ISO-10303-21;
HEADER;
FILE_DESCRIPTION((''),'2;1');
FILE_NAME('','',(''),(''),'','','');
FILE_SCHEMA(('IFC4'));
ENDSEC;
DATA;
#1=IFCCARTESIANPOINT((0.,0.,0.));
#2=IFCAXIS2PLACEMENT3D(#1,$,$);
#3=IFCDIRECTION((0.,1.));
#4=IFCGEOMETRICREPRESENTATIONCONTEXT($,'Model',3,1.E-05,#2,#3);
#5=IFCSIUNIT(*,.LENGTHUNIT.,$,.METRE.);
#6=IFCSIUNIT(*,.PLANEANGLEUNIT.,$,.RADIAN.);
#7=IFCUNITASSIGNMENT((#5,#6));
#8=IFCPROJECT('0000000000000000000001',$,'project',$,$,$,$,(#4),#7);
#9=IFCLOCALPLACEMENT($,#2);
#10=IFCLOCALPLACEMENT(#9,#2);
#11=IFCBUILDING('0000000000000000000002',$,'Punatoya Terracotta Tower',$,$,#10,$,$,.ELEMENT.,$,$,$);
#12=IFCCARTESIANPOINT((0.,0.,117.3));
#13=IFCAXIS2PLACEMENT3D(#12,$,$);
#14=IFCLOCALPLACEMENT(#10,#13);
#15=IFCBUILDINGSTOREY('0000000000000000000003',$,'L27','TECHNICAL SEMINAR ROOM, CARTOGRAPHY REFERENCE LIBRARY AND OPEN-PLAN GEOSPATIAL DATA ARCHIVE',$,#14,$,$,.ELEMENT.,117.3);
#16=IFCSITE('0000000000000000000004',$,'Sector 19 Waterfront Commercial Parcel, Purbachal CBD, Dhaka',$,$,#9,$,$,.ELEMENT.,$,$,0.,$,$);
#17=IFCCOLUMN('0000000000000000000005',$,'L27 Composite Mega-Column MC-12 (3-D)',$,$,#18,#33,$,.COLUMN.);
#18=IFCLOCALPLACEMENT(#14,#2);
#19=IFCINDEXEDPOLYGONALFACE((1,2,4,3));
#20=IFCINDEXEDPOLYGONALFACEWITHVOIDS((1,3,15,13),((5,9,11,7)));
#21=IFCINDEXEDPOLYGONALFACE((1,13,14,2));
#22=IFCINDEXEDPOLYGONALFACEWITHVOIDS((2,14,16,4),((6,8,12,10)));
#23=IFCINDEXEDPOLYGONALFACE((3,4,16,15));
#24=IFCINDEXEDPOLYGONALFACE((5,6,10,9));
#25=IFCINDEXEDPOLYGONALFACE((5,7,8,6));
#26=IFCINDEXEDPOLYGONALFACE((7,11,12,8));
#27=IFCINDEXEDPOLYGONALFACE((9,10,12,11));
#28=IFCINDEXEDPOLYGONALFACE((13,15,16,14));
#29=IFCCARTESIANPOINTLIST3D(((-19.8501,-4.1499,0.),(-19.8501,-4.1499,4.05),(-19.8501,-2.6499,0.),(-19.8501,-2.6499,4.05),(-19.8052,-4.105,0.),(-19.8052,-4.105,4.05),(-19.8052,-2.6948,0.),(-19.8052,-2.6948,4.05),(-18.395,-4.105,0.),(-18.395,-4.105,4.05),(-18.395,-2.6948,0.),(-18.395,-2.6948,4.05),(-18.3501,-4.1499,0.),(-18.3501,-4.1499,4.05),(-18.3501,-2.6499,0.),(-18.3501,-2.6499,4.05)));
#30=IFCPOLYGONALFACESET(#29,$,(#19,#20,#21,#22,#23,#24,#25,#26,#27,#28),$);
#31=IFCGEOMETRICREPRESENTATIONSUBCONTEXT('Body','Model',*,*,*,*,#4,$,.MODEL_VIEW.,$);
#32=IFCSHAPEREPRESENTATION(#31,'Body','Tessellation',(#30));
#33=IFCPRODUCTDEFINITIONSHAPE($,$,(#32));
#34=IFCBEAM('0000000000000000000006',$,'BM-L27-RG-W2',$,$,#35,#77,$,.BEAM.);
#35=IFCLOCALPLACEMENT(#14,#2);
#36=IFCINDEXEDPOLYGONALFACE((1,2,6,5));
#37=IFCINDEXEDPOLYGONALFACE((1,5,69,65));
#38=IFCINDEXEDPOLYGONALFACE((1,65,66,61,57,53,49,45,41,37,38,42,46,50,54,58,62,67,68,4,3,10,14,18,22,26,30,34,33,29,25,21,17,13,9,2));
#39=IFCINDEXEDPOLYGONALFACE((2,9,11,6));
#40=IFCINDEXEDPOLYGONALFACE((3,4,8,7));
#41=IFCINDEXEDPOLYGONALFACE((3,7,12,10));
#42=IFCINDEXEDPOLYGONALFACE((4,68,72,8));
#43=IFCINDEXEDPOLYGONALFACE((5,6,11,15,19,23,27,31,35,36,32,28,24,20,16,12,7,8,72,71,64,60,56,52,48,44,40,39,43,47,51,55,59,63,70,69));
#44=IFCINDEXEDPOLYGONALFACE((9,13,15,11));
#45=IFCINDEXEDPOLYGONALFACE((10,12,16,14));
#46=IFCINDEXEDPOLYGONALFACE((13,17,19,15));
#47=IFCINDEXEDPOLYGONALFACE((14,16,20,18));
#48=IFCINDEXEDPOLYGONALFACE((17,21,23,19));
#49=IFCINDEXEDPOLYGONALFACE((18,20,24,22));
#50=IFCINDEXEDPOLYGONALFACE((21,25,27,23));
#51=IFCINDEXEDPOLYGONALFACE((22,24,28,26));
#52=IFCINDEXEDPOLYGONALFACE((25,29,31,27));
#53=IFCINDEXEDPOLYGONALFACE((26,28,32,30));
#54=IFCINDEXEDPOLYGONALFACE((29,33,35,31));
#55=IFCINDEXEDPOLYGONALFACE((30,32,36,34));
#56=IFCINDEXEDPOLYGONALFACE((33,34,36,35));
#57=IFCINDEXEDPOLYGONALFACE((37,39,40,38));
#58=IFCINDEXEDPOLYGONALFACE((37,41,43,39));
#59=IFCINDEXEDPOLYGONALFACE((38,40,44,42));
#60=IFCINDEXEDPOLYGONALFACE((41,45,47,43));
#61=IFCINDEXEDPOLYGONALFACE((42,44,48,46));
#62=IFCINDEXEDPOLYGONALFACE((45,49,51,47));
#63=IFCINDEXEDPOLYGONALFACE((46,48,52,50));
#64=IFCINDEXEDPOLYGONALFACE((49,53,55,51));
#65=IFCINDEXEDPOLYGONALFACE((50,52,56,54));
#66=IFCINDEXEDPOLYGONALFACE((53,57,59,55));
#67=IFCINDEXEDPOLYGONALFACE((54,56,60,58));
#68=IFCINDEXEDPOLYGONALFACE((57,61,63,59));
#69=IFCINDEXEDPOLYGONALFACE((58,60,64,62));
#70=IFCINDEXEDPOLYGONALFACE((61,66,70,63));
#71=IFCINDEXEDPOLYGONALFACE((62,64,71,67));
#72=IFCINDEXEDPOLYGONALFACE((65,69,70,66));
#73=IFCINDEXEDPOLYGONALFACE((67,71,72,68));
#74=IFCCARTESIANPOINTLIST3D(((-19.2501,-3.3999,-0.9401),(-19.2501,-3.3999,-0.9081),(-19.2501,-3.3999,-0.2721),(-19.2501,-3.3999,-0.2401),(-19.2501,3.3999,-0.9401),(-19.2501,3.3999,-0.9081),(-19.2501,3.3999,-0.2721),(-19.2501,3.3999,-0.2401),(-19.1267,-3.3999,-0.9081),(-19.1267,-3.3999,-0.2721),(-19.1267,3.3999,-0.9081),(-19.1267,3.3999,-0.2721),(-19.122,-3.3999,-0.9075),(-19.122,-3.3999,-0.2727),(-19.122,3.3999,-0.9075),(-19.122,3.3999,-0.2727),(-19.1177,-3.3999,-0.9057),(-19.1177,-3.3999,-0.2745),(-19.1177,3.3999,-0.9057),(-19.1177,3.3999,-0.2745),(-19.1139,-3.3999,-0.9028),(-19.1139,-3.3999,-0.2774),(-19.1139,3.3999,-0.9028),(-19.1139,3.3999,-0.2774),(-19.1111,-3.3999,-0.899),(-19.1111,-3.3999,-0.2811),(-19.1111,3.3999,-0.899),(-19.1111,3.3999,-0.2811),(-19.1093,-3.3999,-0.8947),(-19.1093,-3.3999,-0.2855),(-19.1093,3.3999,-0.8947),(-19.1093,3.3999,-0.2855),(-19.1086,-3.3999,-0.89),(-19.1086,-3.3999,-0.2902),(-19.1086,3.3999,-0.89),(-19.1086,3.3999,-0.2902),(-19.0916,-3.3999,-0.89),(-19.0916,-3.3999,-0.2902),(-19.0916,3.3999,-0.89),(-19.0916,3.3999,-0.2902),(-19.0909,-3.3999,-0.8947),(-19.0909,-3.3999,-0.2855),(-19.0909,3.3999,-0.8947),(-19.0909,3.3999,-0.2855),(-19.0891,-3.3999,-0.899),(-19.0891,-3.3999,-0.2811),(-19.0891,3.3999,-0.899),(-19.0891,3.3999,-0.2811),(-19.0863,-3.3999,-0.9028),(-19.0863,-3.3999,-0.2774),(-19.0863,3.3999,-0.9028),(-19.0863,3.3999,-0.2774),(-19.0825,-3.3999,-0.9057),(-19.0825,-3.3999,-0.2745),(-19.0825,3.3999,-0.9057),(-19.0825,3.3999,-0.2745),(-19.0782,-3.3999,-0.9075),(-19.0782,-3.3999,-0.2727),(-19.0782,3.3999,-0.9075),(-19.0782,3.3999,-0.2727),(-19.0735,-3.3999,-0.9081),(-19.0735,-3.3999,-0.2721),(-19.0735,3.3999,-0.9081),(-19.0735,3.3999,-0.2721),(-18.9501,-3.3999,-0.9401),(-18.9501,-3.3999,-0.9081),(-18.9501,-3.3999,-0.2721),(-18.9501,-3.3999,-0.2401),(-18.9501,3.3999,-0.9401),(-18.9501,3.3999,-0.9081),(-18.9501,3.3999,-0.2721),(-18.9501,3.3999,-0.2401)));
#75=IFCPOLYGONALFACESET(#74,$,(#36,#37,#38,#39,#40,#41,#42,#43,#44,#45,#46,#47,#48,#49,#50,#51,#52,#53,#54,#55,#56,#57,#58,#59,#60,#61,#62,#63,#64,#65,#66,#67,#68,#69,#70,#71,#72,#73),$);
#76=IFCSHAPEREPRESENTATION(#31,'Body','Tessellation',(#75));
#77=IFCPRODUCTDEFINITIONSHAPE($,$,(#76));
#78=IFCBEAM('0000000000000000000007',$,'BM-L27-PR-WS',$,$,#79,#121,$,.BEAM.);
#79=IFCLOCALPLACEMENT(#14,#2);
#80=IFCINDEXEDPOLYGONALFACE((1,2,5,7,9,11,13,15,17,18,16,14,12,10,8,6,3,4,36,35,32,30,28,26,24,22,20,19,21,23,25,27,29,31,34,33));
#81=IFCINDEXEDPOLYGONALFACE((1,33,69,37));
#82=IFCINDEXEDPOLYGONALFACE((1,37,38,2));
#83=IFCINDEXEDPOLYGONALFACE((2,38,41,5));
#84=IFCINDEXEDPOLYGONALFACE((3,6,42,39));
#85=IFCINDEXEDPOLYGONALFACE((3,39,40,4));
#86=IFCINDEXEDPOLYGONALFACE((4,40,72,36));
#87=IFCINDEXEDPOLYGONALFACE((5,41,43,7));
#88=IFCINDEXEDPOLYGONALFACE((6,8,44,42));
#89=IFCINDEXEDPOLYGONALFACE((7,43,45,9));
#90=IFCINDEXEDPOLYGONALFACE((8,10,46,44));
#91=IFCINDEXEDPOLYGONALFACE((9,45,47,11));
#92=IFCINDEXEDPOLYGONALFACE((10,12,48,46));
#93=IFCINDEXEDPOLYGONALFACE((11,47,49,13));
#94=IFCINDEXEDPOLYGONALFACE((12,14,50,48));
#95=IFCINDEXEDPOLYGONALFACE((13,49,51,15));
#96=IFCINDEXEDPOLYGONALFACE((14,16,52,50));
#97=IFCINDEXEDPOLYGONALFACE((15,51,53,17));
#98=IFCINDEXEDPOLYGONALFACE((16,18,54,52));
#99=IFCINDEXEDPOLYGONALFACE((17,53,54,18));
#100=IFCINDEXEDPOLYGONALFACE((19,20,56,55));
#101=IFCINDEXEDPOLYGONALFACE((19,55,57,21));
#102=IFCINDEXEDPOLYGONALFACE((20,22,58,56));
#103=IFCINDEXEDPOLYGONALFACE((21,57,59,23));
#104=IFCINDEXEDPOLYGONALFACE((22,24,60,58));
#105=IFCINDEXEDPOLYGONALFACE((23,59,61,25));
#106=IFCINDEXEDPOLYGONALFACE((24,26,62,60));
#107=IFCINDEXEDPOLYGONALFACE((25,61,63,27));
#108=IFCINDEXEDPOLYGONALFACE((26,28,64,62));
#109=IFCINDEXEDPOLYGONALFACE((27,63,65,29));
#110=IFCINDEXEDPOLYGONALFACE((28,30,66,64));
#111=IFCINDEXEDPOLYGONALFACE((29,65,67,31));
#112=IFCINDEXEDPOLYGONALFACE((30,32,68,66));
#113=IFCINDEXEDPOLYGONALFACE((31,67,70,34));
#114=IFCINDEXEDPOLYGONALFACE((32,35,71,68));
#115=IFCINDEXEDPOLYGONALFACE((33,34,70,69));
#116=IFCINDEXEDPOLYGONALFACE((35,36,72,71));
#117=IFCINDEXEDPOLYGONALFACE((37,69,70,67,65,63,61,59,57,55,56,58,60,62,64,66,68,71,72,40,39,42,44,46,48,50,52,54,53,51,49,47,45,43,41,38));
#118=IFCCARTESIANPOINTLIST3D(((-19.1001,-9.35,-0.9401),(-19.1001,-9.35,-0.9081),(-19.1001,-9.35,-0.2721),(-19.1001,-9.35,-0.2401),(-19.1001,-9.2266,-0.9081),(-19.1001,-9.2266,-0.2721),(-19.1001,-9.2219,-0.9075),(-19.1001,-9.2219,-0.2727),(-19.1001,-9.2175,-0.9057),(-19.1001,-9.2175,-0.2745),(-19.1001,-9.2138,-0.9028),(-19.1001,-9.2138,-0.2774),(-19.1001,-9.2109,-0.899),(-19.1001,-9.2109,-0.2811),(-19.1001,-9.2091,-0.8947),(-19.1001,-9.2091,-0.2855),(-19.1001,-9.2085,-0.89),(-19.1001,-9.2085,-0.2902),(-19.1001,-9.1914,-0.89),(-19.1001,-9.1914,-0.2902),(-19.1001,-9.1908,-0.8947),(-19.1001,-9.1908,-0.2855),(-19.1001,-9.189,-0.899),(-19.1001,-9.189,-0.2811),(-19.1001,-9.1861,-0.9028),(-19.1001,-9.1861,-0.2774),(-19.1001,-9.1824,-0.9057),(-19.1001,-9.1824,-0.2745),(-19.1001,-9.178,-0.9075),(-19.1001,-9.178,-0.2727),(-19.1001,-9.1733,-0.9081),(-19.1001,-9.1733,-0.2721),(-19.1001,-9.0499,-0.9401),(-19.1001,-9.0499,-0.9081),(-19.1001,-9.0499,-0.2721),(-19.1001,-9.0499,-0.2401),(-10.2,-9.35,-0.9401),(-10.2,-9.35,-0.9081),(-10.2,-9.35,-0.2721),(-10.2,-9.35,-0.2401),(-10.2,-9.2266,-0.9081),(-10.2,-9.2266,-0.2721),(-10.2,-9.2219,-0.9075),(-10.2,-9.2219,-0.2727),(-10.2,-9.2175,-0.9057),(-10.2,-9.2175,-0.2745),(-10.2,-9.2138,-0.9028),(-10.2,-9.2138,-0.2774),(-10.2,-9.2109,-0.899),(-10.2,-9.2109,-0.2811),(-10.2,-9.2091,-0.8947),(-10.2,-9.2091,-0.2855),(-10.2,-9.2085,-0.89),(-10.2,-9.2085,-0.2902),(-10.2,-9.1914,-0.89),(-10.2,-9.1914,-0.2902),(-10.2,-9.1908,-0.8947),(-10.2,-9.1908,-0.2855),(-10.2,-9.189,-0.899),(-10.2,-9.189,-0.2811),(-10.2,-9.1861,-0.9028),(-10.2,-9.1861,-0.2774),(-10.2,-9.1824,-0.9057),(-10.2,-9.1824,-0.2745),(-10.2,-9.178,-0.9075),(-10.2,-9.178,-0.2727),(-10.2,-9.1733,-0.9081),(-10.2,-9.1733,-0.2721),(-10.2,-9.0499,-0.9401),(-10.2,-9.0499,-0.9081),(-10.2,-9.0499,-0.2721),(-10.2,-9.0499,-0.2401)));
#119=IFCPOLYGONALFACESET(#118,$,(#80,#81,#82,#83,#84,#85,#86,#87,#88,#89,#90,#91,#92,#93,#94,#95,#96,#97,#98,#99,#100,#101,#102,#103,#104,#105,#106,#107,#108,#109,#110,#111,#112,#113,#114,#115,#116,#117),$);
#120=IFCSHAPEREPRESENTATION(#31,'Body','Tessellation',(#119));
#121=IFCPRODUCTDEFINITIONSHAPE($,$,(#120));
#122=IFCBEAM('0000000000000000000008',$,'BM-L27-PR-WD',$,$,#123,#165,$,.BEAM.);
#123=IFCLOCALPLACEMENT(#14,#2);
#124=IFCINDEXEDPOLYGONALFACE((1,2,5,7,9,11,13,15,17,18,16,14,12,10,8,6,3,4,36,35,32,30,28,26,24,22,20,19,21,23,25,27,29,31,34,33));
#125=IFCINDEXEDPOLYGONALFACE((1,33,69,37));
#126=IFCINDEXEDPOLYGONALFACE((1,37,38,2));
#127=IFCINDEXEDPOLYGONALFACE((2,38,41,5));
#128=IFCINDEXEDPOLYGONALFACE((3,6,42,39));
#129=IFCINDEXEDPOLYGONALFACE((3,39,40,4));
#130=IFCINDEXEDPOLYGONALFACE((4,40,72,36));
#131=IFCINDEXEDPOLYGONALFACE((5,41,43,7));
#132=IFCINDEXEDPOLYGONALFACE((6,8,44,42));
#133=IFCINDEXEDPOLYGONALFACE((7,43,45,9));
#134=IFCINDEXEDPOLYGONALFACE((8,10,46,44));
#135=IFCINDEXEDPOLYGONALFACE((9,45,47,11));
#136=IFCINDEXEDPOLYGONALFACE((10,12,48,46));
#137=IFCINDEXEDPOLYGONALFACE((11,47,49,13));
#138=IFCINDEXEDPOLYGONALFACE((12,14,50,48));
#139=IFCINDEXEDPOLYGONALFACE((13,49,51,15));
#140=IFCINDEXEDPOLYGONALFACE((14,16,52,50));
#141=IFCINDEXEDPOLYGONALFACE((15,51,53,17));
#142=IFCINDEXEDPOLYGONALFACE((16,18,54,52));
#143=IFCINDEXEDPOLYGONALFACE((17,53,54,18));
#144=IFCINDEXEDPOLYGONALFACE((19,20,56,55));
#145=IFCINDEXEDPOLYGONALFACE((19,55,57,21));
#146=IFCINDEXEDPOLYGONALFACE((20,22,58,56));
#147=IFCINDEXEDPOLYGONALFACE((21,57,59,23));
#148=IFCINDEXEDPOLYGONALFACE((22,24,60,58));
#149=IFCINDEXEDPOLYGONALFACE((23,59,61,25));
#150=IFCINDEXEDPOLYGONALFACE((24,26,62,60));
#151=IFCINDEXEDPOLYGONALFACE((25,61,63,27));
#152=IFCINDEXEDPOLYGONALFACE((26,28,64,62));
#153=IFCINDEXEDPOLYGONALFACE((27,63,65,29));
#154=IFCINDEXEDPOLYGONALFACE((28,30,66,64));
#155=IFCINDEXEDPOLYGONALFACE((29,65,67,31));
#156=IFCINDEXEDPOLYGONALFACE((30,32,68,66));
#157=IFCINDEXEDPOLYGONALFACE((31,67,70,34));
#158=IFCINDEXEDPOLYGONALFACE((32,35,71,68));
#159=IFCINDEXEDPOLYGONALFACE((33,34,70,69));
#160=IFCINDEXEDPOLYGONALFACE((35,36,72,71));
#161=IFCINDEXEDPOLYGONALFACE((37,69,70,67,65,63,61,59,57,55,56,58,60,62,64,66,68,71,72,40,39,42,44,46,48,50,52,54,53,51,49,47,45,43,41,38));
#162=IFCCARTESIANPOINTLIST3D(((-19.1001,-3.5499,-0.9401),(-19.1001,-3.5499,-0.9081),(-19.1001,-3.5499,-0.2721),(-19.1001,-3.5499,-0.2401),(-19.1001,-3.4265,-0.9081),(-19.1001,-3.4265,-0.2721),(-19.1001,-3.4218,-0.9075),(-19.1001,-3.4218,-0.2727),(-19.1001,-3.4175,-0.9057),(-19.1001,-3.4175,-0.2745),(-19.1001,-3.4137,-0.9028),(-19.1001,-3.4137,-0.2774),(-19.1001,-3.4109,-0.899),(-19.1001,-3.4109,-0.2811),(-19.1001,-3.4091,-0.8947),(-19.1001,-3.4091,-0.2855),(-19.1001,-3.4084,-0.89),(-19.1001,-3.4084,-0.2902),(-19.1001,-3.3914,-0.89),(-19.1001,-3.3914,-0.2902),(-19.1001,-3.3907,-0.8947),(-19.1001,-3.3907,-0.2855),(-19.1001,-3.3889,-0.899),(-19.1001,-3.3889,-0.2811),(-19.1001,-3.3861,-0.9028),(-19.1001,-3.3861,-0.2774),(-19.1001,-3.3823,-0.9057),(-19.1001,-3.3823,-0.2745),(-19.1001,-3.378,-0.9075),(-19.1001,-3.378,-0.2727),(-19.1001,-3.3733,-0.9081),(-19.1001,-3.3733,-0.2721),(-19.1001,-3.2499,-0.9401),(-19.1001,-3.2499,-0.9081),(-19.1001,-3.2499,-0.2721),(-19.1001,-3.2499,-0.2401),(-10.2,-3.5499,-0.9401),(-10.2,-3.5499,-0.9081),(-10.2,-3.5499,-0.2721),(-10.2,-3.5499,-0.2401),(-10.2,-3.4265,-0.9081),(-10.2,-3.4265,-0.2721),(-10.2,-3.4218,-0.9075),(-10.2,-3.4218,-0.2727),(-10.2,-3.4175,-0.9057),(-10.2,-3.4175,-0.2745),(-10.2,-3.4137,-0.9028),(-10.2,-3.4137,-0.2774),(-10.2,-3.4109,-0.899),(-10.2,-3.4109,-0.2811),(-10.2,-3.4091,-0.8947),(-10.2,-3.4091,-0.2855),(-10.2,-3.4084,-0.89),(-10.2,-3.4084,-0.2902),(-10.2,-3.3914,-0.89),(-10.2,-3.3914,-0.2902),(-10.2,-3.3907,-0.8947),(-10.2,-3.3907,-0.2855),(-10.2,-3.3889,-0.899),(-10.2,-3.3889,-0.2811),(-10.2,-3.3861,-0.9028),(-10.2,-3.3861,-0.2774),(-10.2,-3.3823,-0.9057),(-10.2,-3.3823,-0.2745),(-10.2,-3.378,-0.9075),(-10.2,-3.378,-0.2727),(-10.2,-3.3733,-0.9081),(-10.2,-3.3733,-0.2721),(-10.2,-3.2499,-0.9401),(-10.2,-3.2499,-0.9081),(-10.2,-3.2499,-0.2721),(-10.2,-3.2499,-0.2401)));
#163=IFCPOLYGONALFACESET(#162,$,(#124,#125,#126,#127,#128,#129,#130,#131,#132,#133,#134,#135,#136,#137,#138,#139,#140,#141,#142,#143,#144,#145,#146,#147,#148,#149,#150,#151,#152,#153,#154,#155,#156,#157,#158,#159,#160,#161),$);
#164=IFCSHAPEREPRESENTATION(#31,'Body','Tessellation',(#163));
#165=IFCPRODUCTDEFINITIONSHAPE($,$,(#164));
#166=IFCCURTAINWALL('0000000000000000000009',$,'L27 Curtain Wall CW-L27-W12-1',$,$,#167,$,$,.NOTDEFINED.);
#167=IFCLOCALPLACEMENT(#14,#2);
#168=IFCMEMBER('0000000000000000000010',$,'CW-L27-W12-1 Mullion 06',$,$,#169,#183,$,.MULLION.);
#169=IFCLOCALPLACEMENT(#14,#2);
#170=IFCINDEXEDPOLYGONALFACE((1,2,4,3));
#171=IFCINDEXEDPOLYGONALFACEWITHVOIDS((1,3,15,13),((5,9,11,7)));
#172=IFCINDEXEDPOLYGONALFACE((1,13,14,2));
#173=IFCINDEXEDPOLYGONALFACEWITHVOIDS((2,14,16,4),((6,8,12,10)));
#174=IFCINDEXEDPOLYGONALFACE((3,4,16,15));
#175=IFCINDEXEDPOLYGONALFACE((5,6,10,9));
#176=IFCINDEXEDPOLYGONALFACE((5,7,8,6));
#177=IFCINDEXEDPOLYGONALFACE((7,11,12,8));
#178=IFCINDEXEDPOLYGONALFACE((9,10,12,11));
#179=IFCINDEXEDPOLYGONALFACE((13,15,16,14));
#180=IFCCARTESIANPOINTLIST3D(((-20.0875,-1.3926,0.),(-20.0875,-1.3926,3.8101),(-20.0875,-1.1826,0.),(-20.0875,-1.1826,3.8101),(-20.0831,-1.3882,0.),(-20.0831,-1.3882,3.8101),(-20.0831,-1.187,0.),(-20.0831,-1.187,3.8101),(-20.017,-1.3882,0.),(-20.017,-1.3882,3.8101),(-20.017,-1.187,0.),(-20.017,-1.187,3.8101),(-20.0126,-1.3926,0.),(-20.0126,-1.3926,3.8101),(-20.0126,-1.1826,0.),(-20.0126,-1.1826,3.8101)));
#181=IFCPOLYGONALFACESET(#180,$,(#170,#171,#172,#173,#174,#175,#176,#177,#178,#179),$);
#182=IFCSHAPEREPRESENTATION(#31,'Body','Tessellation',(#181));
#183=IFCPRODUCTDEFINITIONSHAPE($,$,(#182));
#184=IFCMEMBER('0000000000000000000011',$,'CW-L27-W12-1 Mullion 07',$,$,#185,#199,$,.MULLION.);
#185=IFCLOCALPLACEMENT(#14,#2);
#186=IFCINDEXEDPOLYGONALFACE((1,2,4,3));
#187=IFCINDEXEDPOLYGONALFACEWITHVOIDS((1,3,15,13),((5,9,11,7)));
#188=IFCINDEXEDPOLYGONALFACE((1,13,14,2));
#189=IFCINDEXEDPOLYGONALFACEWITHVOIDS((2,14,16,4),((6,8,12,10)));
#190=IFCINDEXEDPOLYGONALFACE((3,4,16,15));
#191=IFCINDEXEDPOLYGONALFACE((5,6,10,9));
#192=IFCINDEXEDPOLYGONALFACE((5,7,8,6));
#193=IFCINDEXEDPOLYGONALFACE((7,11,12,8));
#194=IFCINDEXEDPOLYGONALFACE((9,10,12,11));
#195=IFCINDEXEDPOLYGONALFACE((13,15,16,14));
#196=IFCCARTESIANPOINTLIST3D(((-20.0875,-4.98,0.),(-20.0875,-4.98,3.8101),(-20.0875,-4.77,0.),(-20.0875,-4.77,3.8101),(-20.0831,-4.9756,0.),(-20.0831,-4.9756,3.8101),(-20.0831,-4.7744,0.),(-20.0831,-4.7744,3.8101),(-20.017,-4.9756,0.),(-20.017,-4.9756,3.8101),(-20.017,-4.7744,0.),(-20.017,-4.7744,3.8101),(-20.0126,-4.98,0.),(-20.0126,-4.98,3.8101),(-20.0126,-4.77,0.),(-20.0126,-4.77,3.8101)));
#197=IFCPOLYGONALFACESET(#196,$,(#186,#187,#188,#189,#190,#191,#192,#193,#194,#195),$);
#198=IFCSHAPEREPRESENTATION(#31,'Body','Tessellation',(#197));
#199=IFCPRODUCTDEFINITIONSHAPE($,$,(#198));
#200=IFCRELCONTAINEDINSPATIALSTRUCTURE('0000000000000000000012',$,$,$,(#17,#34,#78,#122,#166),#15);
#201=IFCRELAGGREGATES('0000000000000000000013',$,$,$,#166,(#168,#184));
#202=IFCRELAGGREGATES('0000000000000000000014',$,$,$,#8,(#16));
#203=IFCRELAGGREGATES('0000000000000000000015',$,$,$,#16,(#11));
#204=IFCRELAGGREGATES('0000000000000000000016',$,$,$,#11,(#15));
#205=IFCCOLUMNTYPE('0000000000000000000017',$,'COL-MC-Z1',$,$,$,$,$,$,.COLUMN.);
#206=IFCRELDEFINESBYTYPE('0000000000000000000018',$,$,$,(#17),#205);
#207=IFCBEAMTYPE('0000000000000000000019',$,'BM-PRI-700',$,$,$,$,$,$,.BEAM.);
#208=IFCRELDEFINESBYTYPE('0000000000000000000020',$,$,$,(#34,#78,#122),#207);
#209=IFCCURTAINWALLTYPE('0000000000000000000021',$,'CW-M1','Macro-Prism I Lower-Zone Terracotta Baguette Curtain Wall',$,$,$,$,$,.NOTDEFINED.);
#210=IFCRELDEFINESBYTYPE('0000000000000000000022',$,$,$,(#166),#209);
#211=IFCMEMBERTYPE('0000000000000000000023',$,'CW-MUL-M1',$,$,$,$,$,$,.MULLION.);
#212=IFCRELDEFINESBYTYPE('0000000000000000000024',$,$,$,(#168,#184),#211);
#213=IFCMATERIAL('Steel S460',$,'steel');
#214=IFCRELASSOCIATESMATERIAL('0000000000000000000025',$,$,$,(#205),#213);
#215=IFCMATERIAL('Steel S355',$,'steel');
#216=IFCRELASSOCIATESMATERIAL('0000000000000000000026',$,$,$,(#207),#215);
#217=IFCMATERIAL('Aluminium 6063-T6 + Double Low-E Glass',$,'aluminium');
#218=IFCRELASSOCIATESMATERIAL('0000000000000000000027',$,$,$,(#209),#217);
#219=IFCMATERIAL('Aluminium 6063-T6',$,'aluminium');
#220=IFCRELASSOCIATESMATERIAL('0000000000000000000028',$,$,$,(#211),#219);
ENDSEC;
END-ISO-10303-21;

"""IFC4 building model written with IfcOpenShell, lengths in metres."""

from ifc_helpers import new_model, si_unit, direction, frame, origin, origin_2d, place, context, subcontext, project, spatial, hollow_rectangle, i_section, extrude, material, material_profile, profile_set, type_object, element, aggregate, save


model = new_model("IFC4")

# Units and contexts
model_context = context("Model", 3, precision=1e-05, world=origin(), true_north=direction((0.0, 1.0)))
body_context = subcontext(model_context, "Body", "Model", "MODEL_VIEW")
ifc_project = project(units=[si_unit("LENGTHUNIT", "METRE"), si_unit("PLANEANGLEUNIT", "RADIAN")], contexts=[model_context])

# Site, building, storey
site_placement = place(None, origin())
site = spatial("IfcSite", under=ifc_project, at=site_placement, Name="Sector 19 Waterfront Commercial Parcel, Purbachal CBD, Dhaka", CompositionType="ELEMENT", RefElevation=0.0)
building_placement = place(site_placement, origin())
building = spatial("IfcBuilding", under=site, at=building_placement, Name="Punatoya Terracotta Tower", CompositionType="ELEMENT")
storey_placement = place(building_placement, frame((0.0, 0.0, 117.3)))
storey = spatial("IfcBuildingStorey", under=building, at=storey_placement, Name="L27", Description="TECHNICAL SEMINAR ROOM, CARTOGRAPHY REFERENCE LIBRARY AND OPEN-PLAN GEOSPATIAL DATA ARCHIVE", CompositionType="ELEMENT", Elevation=117.3)

# Column
ifc_material_1 = material(Name="Steel S460", Category="steel")
ifc_material_profile_1 = material_profile(ifc_material_1, hollow_rectangle(XDim=1.5, YDim=1.5, WallThickness=0.0449, at=origin_2d()))
ifc_profile_set_1 = profile_set([ifc_material_profile_1], Name="Steel S460")
column_type = type_object("IfcColumnType", Name="COL-MC-Z1", PredefinedType="COLUMN", material=ifc_profile_set_1)
column_placement = place(storey_placement, frame((-19.1001, -3.3999, 0.0), z_axis=(0.0, 0.0, 1.0), x_axis=(1.0, 0.0, 0.0)))
element("IfcColumn", 1, at=column_placement, inside=storey, type_object=column_type, Name="L27 Composite Mega-Column MC-12 (3-D)", PredefinedType="COLUMN", context=body_context, shape_type="SweptSolid", body=[
    extrude(hollow_rectangle(XDim=1.5, YDim=1.5, WallThickness=0.0449, at=origin_2d()), origin(), (0.0, 0.0, 1.0), 4.05),
])

# Beams
ifc_material_2 = material(Name="Steel S355", Category="steel")
ifc_material_profile_2 = material_profile(ifc_material_2, i_section(OverallWidth=0.3, OverallDepth=0.7, WebThickness=0.0171, FlangeThickness=0.032, FilletRadius=0.0181, at=origin_2d()))
ifc_profile_set_2 = profile_set([ifc_material_profile_2], Name="Steel S355")
beam_type = type_object("IfcBeamType", Name="BM-PRI-700", PredefinedType="BEAM", material=ifc_profile_set_2)
beam_placement = place(storey_placement, frame((-19.1001, -3.3999, -0.5901), z_axis=(0.0, 1.0, 0.0), x_axis=(-1.0, 0.0, 0.0)))
element("IfcBeam", 2, at=beam_placement, inside=storey, type_object=beam_type, Name="BM-L27-RG-W2", PredefinedType="BEAM", context=body_context, shape_type="SweptSolid", body=[
    extrude(i_section(OverallWidth=0.3, OverallDepth=0.7, WebThickness=0.0171, FlangeThickness=0.032, FilletRadius=0.0181, at=origin_2d()), origin(), (0.0, 0.0, 1.0), 6.7998),
])
for number, where, z_axis, x_axis, name in (
    (3, (-19.1001, -9.2, -0.5901), (1.0, 0.0, 0.0), (0.0, 1.0, 0.0), "BM-L27-PR-WS"),
    (4, (-19.1001, -3.3999, -0.5901), (1.0, 0.0, 0.0), (0.0, 1.0, 0.0), "BM-L27-PR-WD"),
):
    element("IfcBeam", number, at=place(storey_placement, frame(where, z_axis=z_axis, x_axis=x_axis)), inside=storey, type_object=beam_type, Name=name, PredefinedType="BEAM", context=body_context, shape_type="SweptSolid", body=[
        extrude(i_section(OverallWidth=0.3, OverallDepth=0.7, WebThickness=0.0171, FlangeThickness=0.032, FilletRadius=0.0181, at=origin_2d()), origin(), (0.0, 0.0, 1.0), 8.9001),
    ])

# Curtain wall, members
ifc_material_3 = material(Name="Aluminium 6063-T6 + Double Low-E Glass", Category="aluminium")
curtain_wall_type = type_object("IfcCurtainWallType", Name="CW-M1", Description="Macro-Prism I Lower-Zone Terracotta Baguette Curtain Wall", PredefinedType="NOTDEFINED", material=ifc_material_3)
curtain_wall_placement = place(storey_placement, origin())
curtain_wall = element("IfcCurtainWall", 5, at=curtain_wall_placement, inside=storey, type_object=curtain_wall_type, Name="L27 Curtain Wall CW-L27-W12-1", PredefinedType="NOTDEFINED")
ifc_material_4 = material(Name="Aluminium 6063-T6", Category="aluminium")
ifc_material_profile_3 = material_profile(ifc_material_4, hollow_rectangle(XDim=0.075, YDim=0.21, WallThickness=0.0044, at=origin_2d()))
ifc_profile_set_3 = profile_set([ifc_material_profile_3], Name="Aluminium 6063-T6")
member_type = type_object("IfcMemberType", Name="CW-MUL-M1", PredefinedType="MULLION", material=ifc_profile_set_3)
member_1_placement = place(storey_placement, frame((-20.05, -1.2876, 0.0), z_axis=(0.0, 0.0, 1.0), x_axis=(1.0, 0.0, 0.0)))
member_1 = element("IfcMember", 6, at=member_1_placement, type_object=member_type, Name="CW-L27-W12-1 Mullion 06", PredefinedType="MULLION", context=body_context, shape_type="SweptSolid", body=[
    extrude(hollow_rectangle(XDim=0.075, YDim=0.21, WallThickness=0.0044, at=origin_2d()), origin(), (0.0, 0.0, 1.0), 3.8101),
])
member_2_placement = place(storey_placement, frame((-20.05, -4.875, 0.0), z_axis=(0.0, 0.0, 1.0), x_axis=(1.0, 0.0, 0.0)))
member_2 = element("IfcMember", 7, at=member_2_placement, type_object=member_type, Name="CW-L27-W12-1 Mullion 07", PredefinedType="MULLION", context=body_context, shape_type="SweptSolid", body=[
    extrude(hollow_rectangle(XDim=0.075, YDim=0.21, WallThickness=0.0044, at=origin_2d()), origin(), (0.0, 0.0, 1.0), 3.8101),
])
aggregate(curtain_wall, [member_1, member_2])

save(model, "model.ifc")
